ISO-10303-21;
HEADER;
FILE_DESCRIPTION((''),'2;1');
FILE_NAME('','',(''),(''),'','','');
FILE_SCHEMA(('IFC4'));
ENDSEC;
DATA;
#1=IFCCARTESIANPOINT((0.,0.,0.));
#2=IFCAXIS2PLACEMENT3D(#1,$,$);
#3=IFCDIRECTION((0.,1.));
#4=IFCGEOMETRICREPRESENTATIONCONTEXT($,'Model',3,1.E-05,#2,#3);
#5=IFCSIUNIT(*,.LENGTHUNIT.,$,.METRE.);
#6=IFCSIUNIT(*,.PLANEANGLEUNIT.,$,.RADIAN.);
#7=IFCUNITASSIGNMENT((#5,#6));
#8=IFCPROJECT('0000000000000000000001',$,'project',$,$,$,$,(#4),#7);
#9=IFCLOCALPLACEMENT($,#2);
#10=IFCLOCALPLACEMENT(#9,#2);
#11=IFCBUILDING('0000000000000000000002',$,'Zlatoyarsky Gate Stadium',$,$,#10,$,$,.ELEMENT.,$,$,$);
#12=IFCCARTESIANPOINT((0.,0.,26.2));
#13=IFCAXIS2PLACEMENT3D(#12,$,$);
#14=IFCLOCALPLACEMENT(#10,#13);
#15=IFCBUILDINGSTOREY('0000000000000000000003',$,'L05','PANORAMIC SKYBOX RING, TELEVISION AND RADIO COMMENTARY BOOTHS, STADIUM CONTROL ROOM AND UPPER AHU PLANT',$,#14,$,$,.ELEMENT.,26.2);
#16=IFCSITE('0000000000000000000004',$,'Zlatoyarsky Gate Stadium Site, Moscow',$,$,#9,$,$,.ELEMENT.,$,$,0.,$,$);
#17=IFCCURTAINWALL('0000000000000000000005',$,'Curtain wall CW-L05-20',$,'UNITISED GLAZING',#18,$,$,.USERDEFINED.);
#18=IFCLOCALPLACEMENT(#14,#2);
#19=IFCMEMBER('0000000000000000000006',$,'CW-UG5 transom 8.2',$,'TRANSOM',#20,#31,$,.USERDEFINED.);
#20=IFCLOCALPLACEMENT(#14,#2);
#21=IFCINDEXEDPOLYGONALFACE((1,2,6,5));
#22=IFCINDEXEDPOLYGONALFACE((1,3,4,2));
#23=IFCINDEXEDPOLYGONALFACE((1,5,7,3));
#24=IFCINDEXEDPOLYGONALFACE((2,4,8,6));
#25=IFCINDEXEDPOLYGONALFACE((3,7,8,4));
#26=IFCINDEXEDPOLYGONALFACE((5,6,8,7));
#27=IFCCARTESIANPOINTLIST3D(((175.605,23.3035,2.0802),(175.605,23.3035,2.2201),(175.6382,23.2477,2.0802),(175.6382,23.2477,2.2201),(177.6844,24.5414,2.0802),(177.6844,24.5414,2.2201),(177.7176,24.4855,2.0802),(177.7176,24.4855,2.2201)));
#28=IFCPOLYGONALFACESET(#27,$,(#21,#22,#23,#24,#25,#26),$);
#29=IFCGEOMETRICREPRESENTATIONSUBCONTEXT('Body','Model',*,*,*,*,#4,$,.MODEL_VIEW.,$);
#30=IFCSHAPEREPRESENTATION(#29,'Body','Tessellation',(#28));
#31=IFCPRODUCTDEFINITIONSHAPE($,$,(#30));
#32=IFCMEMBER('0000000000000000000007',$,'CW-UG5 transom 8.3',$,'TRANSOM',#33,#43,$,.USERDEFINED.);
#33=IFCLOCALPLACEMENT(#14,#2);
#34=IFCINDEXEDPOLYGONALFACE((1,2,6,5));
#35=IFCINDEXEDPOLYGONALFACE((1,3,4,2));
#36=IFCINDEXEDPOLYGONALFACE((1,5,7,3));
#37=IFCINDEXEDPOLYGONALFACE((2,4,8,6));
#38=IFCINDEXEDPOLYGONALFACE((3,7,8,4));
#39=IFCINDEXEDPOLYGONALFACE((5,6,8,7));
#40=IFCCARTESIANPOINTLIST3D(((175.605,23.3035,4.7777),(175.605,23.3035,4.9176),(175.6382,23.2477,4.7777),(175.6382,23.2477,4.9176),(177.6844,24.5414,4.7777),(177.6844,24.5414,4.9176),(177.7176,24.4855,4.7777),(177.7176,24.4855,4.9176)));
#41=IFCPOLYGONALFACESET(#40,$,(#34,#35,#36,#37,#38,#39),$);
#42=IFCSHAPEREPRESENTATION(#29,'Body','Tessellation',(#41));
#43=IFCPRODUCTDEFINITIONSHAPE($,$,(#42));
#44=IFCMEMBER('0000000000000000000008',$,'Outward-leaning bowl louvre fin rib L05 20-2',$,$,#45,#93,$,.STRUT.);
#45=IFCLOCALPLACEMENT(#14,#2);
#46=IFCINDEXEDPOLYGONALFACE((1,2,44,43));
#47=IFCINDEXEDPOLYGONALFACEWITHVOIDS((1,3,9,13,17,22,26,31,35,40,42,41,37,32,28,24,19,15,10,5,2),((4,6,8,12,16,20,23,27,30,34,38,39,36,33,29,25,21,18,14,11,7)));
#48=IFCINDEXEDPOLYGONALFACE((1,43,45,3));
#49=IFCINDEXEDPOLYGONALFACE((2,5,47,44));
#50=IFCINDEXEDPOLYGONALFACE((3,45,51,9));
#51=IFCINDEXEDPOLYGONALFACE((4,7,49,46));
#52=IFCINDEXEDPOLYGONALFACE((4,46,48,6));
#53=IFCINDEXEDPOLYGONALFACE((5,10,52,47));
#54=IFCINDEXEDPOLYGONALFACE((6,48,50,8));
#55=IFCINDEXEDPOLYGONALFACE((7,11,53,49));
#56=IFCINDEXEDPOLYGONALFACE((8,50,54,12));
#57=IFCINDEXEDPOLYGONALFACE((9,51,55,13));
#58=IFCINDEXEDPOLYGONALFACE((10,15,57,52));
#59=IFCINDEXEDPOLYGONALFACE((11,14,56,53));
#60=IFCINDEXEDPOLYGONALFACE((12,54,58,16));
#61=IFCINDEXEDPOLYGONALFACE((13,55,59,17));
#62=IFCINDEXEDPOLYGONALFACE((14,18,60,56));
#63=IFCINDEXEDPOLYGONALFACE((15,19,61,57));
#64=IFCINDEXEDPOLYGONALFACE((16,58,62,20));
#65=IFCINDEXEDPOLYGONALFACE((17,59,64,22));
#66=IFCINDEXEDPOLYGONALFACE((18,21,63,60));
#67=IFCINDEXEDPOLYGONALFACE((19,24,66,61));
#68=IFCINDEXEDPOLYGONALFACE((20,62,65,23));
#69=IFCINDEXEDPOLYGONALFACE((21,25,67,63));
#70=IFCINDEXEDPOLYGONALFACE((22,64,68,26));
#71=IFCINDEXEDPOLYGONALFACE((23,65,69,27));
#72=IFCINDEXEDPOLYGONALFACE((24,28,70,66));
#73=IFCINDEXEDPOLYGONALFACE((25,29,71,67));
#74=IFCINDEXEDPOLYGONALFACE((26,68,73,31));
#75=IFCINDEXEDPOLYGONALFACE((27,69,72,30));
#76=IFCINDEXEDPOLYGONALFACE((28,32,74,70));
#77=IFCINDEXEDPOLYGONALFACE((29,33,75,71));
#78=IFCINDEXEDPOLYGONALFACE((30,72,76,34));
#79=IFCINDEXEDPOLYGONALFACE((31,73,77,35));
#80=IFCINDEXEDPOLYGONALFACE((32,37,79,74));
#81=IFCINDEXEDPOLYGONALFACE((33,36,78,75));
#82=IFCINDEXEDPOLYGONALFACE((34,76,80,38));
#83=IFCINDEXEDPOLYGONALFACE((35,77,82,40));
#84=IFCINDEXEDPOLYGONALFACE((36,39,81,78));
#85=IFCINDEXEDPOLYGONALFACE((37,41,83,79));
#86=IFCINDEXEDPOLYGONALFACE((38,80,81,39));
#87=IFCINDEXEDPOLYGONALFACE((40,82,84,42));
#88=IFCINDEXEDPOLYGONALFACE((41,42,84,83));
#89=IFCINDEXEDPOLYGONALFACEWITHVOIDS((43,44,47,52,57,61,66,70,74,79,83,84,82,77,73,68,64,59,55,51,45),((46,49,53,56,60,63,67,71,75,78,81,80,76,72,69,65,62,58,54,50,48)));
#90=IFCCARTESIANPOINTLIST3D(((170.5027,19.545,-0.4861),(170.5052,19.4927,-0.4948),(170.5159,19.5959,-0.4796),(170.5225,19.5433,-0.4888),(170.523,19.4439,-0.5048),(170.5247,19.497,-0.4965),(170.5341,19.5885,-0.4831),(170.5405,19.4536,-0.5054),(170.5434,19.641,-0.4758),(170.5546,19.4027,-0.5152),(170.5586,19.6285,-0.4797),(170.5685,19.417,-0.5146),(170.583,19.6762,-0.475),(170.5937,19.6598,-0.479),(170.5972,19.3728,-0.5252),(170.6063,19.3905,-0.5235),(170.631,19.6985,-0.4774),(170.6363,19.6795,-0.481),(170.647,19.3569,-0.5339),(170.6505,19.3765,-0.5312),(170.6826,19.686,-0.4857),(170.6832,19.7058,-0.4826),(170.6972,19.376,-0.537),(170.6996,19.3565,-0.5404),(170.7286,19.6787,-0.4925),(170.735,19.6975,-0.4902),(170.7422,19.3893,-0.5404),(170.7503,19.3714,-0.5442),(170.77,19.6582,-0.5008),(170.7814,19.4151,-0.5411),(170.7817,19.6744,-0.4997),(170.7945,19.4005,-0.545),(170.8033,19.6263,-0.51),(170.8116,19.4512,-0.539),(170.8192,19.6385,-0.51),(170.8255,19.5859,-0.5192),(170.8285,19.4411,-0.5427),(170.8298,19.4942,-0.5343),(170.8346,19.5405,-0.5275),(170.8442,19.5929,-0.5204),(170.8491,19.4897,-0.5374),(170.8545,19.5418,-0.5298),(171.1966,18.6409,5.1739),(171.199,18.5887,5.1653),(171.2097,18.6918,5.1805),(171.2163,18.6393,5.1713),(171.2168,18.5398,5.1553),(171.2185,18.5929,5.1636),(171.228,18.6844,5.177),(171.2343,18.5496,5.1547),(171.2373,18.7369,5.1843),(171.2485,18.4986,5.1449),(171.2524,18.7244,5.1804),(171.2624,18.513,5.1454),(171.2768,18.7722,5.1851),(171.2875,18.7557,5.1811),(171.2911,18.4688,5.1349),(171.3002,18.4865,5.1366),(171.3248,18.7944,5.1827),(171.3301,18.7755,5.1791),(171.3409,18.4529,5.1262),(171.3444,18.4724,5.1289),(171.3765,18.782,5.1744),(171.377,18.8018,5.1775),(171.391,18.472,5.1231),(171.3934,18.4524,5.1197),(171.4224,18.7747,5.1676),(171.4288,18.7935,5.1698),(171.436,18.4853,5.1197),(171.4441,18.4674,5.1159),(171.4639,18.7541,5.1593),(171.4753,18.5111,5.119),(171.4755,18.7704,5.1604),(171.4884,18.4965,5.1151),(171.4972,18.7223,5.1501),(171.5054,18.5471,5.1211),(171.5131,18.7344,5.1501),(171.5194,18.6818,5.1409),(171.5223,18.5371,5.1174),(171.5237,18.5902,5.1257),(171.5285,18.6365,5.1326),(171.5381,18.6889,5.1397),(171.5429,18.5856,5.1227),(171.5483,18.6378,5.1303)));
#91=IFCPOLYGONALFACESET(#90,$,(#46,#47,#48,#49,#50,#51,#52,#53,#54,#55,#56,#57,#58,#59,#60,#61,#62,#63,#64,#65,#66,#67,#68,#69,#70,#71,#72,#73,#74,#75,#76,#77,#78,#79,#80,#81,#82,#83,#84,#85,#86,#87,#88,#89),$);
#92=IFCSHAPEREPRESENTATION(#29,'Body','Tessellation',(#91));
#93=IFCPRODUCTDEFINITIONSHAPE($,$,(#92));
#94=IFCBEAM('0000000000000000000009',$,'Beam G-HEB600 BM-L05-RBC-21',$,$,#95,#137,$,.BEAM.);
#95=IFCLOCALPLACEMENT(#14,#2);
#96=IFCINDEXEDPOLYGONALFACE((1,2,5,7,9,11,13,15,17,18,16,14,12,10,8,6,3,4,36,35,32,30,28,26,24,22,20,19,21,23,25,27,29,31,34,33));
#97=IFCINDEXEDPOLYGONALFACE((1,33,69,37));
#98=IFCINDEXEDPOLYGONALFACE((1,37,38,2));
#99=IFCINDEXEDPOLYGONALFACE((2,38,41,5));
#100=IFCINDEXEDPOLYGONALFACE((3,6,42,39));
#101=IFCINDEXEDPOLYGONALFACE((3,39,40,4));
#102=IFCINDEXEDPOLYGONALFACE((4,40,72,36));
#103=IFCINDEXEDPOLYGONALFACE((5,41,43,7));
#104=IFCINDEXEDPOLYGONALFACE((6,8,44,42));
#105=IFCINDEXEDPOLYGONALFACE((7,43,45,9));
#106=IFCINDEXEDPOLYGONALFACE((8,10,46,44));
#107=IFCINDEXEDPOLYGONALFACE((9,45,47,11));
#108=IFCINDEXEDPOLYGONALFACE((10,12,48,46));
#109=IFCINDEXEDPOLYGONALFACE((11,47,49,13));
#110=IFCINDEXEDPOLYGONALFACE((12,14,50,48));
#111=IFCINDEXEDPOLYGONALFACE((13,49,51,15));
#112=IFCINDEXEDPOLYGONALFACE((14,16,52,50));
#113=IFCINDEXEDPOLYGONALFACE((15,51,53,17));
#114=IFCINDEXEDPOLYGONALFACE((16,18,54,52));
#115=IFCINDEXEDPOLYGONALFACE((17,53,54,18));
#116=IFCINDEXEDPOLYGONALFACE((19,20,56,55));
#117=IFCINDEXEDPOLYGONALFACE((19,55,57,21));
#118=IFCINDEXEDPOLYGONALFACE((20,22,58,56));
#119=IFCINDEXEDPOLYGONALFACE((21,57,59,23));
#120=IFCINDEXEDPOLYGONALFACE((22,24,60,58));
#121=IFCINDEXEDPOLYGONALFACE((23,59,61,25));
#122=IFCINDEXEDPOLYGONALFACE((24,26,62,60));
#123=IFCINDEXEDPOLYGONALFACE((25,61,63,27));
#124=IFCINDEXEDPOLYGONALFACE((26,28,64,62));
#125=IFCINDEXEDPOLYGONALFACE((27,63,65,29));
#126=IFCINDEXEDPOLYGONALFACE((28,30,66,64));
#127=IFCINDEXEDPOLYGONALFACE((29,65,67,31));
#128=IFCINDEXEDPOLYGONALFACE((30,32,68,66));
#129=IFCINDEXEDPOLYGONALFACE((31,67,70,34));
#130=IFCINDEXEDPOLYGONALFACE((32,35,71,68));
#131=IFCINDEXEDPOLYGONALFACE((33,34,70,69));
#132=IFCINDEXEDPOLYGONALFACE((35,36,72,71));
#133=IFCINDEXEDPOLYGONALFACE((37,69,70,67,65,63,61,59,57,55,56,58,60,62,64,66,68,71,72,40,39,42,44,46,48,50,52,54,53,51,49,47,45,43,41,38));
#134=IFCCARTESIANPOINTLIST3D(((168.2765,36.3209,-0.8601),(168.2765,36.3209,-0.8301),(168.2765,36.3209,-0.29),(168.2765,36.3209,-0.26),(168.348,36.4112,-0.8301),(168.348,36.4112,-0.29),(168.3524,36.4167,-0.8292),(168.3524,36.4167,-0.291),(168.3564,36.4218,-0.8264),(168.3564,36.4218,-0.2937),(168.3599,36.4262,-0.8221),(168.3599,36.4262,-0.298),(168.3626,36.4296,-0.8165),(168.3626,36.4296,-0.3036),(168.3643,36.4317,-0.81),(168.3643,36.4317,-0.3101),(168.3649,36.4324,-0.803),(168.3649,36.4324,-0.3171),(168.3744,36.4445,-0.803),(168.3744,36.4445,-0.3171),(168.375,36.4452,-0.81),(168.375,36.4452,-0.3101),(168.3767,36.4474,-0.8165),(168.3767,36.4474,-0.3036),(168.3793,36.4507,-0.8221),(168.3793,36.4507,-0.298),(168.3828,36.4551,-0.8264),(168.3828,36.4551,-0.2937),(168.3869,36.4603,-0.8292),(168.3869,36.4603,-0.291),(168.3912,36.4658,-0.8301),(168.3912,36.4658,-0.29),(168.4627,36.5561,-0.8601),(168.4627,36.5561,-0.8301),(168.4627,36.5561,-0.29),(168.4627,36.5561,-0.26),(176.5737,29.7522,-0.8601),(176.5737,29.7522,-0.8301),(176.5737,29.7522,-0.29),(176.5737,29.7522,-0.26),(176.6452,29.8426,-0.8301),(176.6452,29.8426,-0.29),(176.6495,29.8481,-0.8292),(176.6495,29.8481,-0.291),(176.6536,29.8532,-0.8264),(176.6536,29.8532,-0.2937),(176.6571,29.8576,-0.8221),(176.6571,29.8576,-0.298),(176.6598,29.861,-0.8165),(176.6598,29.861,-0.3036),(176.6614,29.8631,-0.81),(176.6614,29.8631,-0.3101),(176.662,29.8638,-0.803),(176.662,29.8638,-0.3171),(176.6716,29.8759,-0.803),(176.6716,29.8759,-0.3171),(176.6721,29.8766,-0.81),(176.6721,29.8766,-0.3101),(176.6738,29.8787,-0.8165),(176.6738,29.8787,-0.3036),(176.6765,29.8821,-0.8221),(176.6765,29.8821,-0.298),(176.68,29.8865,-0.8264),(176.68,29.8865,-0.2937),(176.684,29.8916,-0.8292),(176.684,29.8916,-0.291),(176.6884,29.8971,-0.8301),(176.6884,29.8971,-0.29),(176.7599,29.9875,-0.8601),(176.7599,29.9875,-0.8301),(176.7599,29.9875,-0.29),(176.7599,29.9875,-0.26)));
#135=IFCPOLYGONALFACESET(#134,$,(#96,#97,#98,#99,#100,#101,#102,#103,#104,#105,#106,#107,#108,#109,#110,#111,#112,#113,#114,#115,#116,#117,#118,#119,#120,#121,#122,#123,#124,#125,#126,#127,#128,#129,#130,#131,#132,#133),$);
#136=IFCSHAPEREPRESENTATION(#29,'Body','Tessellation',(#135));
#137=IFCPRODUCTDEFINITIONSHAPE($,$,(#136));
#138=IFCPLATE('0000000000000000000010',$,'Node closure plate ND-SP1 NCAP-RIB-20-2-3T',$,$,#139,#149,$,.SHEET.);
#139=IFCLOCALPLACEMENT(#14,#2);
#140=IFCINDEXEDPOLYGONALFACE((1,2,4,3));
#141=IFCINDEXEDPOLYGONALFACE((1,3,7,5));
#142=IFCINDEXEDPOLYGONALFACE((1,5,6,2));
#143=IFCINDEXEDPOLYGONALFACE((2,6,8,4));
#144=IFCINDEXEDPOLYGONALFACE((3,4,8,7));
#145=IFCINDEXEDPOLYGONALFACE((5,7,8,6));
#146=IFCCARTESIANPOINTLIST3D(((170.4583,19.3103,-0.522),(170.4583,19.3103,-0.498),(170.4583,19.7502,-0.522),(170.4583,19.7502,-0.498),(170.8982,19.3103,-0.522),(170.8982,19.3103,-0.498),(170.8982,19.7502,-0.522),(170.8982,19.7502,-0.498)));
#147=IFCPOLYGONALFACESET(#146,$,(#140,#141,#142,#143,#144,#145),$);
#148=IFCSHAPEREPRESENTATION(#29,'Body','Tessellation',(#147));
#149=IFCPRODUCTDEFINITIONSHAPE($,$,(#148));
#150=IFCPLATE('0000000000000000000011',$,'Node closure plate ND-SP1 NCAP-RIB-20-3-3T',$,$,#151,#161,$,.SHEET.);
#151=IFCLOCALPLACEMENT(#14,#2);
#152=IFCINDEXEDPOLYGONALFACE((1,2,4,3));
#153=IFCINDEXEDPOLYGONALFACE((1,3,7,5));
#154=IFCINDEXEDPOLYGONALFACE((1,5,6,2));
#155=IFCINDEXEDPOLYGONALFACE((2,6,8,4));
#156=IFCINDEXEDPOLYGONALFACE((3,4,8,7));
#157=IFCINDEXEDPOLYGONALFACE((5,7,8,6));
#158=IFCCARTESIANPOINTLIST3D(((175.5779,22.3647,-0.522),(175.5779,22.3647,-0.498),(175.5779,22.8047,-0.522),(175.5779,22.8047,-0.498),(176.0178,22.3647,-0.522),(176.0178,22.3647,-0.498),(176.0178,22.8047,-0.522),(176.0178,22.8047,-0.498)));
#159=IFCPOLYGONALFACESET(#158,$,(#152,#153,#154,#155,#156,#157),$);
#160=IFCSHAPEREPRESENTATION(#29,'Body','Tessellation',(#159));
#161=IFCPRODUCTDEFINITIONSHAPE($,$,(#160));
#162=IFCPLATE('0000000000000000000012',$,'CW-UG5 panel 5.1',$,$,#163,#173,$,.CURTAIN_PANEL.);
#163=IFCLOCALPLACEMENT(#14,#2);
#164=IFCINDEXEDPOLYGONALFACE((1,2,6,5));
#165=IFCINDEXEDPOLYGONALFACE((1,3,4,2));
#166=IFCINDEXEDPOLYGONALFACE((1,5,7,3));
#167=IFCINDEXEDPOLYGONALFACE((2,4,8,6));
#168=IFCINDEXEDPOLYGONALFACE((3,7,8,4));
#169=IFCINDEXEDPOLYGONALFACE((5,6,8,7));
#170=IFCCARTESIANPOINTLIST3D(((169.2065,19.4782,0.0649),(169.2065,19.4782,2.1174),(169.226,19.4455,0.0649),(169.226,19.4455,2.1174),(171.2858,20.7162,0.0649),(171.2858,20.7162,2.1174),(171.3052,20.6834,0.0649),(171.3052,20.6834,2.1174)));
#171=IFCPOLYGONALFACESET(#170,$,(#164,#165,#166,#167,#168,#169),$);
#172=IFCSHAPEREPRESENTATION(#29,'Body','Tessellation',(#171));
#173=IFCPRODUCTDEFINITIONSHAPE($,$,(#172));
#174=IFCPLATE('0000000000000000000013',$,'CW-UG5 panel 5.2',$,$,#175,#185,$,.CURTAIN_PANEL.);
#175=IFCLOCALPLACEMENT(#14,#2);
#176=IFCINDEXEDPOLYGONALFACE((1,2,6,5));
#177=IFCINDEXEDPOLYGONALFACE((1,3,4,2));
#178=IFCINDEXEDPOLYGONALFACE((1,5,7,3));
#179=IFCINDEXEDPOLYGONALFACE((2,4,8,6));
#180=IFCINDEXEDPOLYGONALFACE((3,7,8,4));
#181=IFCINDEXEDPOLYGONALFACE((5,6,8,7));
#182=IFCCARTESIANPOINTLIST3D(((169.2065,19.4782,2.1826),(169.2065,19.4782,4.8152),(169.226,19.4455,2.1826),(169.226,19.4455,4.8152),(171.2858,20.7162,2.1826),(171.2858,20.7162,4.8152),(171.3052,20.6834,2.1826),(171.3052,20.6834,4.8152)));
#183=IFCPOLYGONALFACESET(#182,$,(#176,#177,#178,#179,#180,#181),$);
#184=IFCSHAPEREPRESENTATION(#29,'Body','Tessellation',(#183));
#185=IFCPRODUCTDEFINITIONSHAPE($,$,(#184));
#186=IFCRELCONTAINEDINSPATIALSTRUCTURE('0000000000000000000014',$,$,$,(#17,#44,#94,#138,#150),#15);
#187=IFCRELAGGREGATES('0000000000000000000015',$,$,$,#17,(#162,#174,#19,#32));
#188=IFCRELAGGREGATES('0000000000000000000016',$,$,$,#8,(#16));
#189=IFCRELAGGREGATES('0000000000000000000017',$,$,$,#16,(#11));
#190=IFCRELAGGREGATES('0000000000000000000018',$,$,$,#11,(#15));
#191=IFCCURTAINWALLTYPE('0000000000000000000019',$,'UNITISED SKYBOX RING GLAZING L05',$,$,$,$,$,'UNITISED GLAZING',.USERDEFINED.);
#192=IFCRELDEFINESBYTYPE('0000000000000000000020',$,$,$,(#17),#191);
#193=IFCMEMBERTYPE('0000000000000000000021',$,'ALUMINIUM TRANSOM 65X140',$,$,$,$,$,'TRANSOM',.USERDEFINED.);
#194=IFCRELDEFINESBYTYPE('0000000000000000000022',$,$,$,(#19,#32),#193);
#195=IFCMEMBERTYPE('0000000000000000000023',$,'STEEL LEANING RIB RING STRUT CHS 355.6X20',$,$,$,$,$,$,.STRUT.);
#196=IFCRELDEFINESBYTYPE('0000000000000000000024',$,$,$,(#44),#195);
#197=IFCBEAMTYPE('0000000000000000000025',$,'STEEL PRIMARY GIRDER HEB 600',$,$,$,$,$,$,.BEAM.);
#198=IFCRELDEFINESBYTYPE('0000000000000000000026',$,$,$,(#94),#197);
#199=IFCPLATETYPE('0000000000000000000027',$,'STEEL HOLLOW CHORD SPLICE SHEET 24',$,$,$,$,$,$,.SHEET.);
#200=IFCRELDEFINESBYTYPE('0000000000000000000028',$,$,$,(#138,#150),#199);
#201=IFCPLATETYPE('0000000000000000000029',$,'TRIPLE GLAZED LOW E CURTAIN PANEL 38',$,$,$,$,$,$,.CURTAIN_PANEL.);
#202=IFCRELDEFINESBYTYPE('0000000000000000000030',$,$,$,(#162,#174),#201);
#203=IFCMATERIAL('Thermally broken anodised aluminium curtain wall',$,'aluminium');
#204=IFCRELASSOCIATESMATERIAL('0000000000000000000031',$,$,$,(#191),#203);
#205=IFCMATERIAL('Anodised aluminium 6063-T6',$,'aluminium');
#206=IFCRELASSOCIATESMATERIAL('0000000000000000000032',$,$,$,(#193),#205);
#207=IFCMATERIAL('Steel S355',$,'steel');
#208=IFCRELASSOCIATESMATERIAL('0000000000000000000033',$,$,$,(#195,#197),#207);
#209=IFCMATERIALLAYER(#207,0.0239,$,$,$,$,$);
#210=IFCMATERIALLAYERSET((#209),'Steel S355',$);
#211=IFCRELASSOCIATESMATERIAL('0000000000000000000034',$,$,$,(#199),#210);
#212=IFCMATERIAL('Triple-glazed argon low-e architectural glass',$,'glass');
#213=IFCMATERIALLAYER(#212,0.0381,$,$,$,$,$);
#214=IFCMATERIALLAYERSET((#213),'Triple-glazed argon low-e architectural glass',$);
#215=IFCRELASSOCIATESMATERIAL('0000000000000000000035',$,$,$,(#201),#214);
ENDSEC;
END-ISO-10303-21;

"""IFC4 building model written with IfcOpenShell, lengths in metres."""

from ifc_helpers import new_model, si_unit, direction, frame, origin, origin_2d, place, context, subcontext, project, spatial, rectangle, hollow_circle, i_section, extrude, material, layer, layer_set, material_profile, profile_set, type_object, element, aggregate, save


model = new_model("IFC4")

# Units and contexts
model_context = context("Model", 3, precision=1e-05, world=origin(), true_north=direction((0.0, 1.0)))
body_context = subcontext(model_context, "Body", "Model", "MODEL_VIEW")
ifc_project = project(units=[si_unit("LENGTHUNIT", "METRE"), si_unit("PLANEANGLEUNIT", "RADIAN")], contexts=[model_context])

# Site, building, storey
site_placement = place(None, origin())
site = spatial("IfcSite", under=ifc_project, at=site_placement, Name="Zlatoyarsky Gate Stadium Site, Moscow", CompositionType="ELEMENT", RefElevation=0.0)
building_placement = place(site_placement, origin())
building = spatial("IfcBuilding", under=site, at=building_placement, Name="Zlatoyarsky Gate Stadium", CompositionType="ELEMENT")
storey_placement = place(building_placement, frame((0.0, 0.0, 26.2)))
storey = spatial("IfcBuildingStorey", under=building, at=storey_placement, Name="L05", Description="PANORAMIC SKYBOX RING, TELEVISION AND RADIO COMMENTARY BOOTHS, STADIUM CONTROL ROOM AND UPPER AHU PLANT", CompositionType="ELEMENT", Elevation=26.2)

# Curtain wall, members
ifc_material_1 = material(Name="Thermally broken anodised aluminium curtain wall", Category="aluminium")
curtain_wall_type = type_object("IfcCurtainWallType", Name="UNITISED SKYBOX RING GLAZING L05", ElementType="UNITISED GLAZING", PredefinedType="USERDEFINED", material=ifc_material_1)
curtain_wall_placement = place(storey_placement, origin())
curtain_wall = element("IfcCurtainWall", 1, at=curtain_wall_placement, inside=storey, type_object=curtain_wall_type, Name="Curtain wall CW-L05-20", ObjectType="UNITISED GLAZING", PredefinedType="USERDEFINED")
ifc_material_2 = material(Name="Anodised aluminium 6063-T6", Category="aluminium")
ifc_material_profile_1 = material_profile(ifc_material_2, rectangle(XDim=0.0649, YDim=0.1399, at=origin_2d()), Name="ALU 65X140")
ifc_profile_set_1 = profile_set([ifc_material_profile_1], Name="Anodised aluminium 6063-T6")
member_type_1 = type_object("IfcMemberType", Name="ALUMINIUM TRANSOM 65X140", ElementType="TRANSOM", PredefinedType="USERDEFINED", material=ifc_profile_set_1)
member_1_placement = place(storey_placement, frame((175.6216, 23.2756, 2.1501), z_axis=(0.859277, 0.51151, 0.0), x_axis=(-0.51151, 0.859277, 0.0)))
member_1 = element("IfcMember", 2, at=member_1_placement, type_object=member_type_1, Name="CW-UG5 transom 8.2", ObjectType="TRANSOM", PredefinedType="USERDEFINED", context=body_context, shape_type="SweptSolid", body=[
    extrude(rectangle(XDim=0.0649, YDim=0.1399, at=origin_2d()), origin(), (0.0, 0.0, 1.0), 2.4199),
])
member_2_placement = place(storey_placement, frame((175.6216, 23.2756, 4.8477), z_axis=(0.859277, 0.51151, 0.0), x_axis=(-0.51151, 0.859277, 0.0)))
member_2 = element("IfcMember", 3, at=member_2_placement, type_object=member_type_1, Name="CW-UG5 transom 8.3", ObjectType="TRANSOM", PredefinedType="USERDEFINED", context=body_context, shape_type="SweptSolid", body=[
    extrude(rectangle(XDim=0.0649, YDim=0.1399, at=origin_2d()), origin(), (0.0, 0.0, 1.0), 2.4199),
])

# Member
ifc_material_3 = material(Name="Steel S355", Category="steel")
ifc_material_profile_2 = material_profile(ifc_material_3, hollow_circle(Radius=0.1777, WallThickness=0.02, at=origin_2d()), Name="CHS 355.6X20")
ifc_profile_set_2 = profile_set([ifc_material_profile_2], Name="Steel S355")
member_type_2 = type_object("IfcMemberType", Name="STEEL LEANING RIB RING STRUT CHS 355.6X20", PredefinedType="STRUT", material=ifc_profile_set_2)
member_3_placement = place(storey_placement, frame((170.6782, 19.5303, -0.51), z_axis=(0.120173, -0.15658, 0.980327), x_axis=(0.793292, 0.608841, 0.0)))
element("IfcMember", 4, at=member_3_placement, inside=storey, type_object=member_type_2, Name="Outward-leaning bowl louvre fin rib L05 20-2", PredefinedType="STRUT", context=body_context, shape_type="SweptSolid", body=[
    extrude(hollow_circle(Radius=0.1777, WallThickness=0.02, at=origin_2d()), origin(), (0.0, 0.0, 1.0), 5.7737),
])

# Beam
ifc_material_profile_3 = material_profile(ifc_material_3, i_section(OverallWidth=0.3, OverallDepth=0.6001, WebThickness=0.0154, FlangeThickness=0.03, FilletRadius=0.0271, at=origin_2d()), Name="HEB 600")
ifc_profile_set_3 = profile_set([ifc_material_profile_3], Name="Steel S355")
beam_type = type_object("IfcBeamType", Name="STEEL PRIMARY GIRDER HEB 600", PredefinedType="BEAM", material=ifc_profile_set_3)
beam_placement = place(storey_placement, frame((168.3696, 36.4385, -0.5601), z_axis=(0.784043, -0.620706, 0.0), x_axis=(0.620706, 0.784043, 0.0)))
element("IfcBeam", 5, at=beam_placement, inside=storey, type_object=beam_type, Name="Beam G-HEB600 BM-L05-RBC-21", PredefinedType="BEAM", context=body_context, shape_type="SweptSolid", body=[
    extrude(i_section(OverallWidth=0.3, OverallDepth=0.6001, WebThickness=0.0154, FlangeThickness=0.03, FilletRadius=0.0271, at=origin_2d()), origin(), (0.0, 0.0, 1.0), 10.5825),
])

# Plates
ifc_layer_1 = layer(ifc_material_3, 0.0239)
ifc_layer_set_1 = layer_set([ifc_layer_1], Name="Steel S355")
plate_type_1 = type_object("IfcPlateType", Name="STEEL HOLLOW CHORD SPLICE SHEET 24", PredefinedType="SHEET", material=ifc_layer_set_1)
for number, where, z_axis, x_axis, name in (
    (6, (170.6782, 19.5303, -0.522), (0.0, 0.0, 1.0), (1.0, 0.0, 0.0), "Node closure plate ND-SP1 NCAP-RIB-20-2-3T"),
    (7, (175.7979, 22.5847, -0.522), (0.0, 0.0, 1.0), (1.0, 0.0, 0.0), "Node closure plate ND-SP1 NCAP-RIB-20-3-3T"),
):
    element("IfcPlate", number, at=place(storey_placement, frame(where, z_axis=z_axis, x_axis=x_axis)), inside=storey, type_object=plate_type_1, Name=name, PredefinedType="SHEET", context=body_context, shape_type="SweptSolid", body=[
        extrude(rectangle(XDim=0.4399, YDim=0.4399, at=origin_2d()), origin(), (0.0, 0.0, 1.0), 0.0239),
    ])

# Plates
ifc_material_4 = material(Name="Triple-glazed argon low-e architectural glass", Category="glass")
ifc_layer_2 = layer(ifc_material_4, 0.0381)
ifc_layer_set_2 = layer_set([ifc_layer_2], Name="Triple-glazed argon low-e architectural glass")
plate_type_2 = type_object("IfcPlateType", Name="TRIPLE GLAZED LOW E CURTAIN PANEL 38", PredefinedType="CURTAIN_PANEL", material=ifc_layer_set_2)
plate_1_placement = place(storey_placement, frame((170.2559, 20.0808, 0.0649), z_axis=(0.0, 0.0, 1.0), x_axis=(0.859237, 0.511577, 0.0)))
plate_1 = element("IfcPlate", 8, at=plate_1_placement, type_object=plate_type_2, Name="CW-UG5 panel 5.1", PredefinedType="CURTAIN_PANEL", context=body_context, shape_type="SweptSolid", body=[
    extrude(rectangle(XDim=2.4199, YDim=0.0381, at=origin_2d()), origin(), (0.0, 0.0, 1.0), 2.0525),
])
plate_2_placement = place(storey_placement, frame((170.2559, 20.0808, 2.1826), z_axis=(0.0, 0.0, 1.0), x_axis=(0.859237, 0.511577, 0.0)))
plate_2 = element("IfcPlate", 9, at=plate_2_placement, type_object=plate_type_2, Name="CW-UG5 panel 5.2", PredefinedType="CURTAIN_PANEL", context=body_context, shape_type="SweptSolid", body=[
    extrude(rectangle(XDim=2.4199, YDim=0.0381, at=origin_2d()), origin(), (0.0, 0.0, 1.0), 2.6326),
])
aggregate(curtain_wall, [plate_1, plate_2, member_1, member_2])

save(model, "model.ifc")
